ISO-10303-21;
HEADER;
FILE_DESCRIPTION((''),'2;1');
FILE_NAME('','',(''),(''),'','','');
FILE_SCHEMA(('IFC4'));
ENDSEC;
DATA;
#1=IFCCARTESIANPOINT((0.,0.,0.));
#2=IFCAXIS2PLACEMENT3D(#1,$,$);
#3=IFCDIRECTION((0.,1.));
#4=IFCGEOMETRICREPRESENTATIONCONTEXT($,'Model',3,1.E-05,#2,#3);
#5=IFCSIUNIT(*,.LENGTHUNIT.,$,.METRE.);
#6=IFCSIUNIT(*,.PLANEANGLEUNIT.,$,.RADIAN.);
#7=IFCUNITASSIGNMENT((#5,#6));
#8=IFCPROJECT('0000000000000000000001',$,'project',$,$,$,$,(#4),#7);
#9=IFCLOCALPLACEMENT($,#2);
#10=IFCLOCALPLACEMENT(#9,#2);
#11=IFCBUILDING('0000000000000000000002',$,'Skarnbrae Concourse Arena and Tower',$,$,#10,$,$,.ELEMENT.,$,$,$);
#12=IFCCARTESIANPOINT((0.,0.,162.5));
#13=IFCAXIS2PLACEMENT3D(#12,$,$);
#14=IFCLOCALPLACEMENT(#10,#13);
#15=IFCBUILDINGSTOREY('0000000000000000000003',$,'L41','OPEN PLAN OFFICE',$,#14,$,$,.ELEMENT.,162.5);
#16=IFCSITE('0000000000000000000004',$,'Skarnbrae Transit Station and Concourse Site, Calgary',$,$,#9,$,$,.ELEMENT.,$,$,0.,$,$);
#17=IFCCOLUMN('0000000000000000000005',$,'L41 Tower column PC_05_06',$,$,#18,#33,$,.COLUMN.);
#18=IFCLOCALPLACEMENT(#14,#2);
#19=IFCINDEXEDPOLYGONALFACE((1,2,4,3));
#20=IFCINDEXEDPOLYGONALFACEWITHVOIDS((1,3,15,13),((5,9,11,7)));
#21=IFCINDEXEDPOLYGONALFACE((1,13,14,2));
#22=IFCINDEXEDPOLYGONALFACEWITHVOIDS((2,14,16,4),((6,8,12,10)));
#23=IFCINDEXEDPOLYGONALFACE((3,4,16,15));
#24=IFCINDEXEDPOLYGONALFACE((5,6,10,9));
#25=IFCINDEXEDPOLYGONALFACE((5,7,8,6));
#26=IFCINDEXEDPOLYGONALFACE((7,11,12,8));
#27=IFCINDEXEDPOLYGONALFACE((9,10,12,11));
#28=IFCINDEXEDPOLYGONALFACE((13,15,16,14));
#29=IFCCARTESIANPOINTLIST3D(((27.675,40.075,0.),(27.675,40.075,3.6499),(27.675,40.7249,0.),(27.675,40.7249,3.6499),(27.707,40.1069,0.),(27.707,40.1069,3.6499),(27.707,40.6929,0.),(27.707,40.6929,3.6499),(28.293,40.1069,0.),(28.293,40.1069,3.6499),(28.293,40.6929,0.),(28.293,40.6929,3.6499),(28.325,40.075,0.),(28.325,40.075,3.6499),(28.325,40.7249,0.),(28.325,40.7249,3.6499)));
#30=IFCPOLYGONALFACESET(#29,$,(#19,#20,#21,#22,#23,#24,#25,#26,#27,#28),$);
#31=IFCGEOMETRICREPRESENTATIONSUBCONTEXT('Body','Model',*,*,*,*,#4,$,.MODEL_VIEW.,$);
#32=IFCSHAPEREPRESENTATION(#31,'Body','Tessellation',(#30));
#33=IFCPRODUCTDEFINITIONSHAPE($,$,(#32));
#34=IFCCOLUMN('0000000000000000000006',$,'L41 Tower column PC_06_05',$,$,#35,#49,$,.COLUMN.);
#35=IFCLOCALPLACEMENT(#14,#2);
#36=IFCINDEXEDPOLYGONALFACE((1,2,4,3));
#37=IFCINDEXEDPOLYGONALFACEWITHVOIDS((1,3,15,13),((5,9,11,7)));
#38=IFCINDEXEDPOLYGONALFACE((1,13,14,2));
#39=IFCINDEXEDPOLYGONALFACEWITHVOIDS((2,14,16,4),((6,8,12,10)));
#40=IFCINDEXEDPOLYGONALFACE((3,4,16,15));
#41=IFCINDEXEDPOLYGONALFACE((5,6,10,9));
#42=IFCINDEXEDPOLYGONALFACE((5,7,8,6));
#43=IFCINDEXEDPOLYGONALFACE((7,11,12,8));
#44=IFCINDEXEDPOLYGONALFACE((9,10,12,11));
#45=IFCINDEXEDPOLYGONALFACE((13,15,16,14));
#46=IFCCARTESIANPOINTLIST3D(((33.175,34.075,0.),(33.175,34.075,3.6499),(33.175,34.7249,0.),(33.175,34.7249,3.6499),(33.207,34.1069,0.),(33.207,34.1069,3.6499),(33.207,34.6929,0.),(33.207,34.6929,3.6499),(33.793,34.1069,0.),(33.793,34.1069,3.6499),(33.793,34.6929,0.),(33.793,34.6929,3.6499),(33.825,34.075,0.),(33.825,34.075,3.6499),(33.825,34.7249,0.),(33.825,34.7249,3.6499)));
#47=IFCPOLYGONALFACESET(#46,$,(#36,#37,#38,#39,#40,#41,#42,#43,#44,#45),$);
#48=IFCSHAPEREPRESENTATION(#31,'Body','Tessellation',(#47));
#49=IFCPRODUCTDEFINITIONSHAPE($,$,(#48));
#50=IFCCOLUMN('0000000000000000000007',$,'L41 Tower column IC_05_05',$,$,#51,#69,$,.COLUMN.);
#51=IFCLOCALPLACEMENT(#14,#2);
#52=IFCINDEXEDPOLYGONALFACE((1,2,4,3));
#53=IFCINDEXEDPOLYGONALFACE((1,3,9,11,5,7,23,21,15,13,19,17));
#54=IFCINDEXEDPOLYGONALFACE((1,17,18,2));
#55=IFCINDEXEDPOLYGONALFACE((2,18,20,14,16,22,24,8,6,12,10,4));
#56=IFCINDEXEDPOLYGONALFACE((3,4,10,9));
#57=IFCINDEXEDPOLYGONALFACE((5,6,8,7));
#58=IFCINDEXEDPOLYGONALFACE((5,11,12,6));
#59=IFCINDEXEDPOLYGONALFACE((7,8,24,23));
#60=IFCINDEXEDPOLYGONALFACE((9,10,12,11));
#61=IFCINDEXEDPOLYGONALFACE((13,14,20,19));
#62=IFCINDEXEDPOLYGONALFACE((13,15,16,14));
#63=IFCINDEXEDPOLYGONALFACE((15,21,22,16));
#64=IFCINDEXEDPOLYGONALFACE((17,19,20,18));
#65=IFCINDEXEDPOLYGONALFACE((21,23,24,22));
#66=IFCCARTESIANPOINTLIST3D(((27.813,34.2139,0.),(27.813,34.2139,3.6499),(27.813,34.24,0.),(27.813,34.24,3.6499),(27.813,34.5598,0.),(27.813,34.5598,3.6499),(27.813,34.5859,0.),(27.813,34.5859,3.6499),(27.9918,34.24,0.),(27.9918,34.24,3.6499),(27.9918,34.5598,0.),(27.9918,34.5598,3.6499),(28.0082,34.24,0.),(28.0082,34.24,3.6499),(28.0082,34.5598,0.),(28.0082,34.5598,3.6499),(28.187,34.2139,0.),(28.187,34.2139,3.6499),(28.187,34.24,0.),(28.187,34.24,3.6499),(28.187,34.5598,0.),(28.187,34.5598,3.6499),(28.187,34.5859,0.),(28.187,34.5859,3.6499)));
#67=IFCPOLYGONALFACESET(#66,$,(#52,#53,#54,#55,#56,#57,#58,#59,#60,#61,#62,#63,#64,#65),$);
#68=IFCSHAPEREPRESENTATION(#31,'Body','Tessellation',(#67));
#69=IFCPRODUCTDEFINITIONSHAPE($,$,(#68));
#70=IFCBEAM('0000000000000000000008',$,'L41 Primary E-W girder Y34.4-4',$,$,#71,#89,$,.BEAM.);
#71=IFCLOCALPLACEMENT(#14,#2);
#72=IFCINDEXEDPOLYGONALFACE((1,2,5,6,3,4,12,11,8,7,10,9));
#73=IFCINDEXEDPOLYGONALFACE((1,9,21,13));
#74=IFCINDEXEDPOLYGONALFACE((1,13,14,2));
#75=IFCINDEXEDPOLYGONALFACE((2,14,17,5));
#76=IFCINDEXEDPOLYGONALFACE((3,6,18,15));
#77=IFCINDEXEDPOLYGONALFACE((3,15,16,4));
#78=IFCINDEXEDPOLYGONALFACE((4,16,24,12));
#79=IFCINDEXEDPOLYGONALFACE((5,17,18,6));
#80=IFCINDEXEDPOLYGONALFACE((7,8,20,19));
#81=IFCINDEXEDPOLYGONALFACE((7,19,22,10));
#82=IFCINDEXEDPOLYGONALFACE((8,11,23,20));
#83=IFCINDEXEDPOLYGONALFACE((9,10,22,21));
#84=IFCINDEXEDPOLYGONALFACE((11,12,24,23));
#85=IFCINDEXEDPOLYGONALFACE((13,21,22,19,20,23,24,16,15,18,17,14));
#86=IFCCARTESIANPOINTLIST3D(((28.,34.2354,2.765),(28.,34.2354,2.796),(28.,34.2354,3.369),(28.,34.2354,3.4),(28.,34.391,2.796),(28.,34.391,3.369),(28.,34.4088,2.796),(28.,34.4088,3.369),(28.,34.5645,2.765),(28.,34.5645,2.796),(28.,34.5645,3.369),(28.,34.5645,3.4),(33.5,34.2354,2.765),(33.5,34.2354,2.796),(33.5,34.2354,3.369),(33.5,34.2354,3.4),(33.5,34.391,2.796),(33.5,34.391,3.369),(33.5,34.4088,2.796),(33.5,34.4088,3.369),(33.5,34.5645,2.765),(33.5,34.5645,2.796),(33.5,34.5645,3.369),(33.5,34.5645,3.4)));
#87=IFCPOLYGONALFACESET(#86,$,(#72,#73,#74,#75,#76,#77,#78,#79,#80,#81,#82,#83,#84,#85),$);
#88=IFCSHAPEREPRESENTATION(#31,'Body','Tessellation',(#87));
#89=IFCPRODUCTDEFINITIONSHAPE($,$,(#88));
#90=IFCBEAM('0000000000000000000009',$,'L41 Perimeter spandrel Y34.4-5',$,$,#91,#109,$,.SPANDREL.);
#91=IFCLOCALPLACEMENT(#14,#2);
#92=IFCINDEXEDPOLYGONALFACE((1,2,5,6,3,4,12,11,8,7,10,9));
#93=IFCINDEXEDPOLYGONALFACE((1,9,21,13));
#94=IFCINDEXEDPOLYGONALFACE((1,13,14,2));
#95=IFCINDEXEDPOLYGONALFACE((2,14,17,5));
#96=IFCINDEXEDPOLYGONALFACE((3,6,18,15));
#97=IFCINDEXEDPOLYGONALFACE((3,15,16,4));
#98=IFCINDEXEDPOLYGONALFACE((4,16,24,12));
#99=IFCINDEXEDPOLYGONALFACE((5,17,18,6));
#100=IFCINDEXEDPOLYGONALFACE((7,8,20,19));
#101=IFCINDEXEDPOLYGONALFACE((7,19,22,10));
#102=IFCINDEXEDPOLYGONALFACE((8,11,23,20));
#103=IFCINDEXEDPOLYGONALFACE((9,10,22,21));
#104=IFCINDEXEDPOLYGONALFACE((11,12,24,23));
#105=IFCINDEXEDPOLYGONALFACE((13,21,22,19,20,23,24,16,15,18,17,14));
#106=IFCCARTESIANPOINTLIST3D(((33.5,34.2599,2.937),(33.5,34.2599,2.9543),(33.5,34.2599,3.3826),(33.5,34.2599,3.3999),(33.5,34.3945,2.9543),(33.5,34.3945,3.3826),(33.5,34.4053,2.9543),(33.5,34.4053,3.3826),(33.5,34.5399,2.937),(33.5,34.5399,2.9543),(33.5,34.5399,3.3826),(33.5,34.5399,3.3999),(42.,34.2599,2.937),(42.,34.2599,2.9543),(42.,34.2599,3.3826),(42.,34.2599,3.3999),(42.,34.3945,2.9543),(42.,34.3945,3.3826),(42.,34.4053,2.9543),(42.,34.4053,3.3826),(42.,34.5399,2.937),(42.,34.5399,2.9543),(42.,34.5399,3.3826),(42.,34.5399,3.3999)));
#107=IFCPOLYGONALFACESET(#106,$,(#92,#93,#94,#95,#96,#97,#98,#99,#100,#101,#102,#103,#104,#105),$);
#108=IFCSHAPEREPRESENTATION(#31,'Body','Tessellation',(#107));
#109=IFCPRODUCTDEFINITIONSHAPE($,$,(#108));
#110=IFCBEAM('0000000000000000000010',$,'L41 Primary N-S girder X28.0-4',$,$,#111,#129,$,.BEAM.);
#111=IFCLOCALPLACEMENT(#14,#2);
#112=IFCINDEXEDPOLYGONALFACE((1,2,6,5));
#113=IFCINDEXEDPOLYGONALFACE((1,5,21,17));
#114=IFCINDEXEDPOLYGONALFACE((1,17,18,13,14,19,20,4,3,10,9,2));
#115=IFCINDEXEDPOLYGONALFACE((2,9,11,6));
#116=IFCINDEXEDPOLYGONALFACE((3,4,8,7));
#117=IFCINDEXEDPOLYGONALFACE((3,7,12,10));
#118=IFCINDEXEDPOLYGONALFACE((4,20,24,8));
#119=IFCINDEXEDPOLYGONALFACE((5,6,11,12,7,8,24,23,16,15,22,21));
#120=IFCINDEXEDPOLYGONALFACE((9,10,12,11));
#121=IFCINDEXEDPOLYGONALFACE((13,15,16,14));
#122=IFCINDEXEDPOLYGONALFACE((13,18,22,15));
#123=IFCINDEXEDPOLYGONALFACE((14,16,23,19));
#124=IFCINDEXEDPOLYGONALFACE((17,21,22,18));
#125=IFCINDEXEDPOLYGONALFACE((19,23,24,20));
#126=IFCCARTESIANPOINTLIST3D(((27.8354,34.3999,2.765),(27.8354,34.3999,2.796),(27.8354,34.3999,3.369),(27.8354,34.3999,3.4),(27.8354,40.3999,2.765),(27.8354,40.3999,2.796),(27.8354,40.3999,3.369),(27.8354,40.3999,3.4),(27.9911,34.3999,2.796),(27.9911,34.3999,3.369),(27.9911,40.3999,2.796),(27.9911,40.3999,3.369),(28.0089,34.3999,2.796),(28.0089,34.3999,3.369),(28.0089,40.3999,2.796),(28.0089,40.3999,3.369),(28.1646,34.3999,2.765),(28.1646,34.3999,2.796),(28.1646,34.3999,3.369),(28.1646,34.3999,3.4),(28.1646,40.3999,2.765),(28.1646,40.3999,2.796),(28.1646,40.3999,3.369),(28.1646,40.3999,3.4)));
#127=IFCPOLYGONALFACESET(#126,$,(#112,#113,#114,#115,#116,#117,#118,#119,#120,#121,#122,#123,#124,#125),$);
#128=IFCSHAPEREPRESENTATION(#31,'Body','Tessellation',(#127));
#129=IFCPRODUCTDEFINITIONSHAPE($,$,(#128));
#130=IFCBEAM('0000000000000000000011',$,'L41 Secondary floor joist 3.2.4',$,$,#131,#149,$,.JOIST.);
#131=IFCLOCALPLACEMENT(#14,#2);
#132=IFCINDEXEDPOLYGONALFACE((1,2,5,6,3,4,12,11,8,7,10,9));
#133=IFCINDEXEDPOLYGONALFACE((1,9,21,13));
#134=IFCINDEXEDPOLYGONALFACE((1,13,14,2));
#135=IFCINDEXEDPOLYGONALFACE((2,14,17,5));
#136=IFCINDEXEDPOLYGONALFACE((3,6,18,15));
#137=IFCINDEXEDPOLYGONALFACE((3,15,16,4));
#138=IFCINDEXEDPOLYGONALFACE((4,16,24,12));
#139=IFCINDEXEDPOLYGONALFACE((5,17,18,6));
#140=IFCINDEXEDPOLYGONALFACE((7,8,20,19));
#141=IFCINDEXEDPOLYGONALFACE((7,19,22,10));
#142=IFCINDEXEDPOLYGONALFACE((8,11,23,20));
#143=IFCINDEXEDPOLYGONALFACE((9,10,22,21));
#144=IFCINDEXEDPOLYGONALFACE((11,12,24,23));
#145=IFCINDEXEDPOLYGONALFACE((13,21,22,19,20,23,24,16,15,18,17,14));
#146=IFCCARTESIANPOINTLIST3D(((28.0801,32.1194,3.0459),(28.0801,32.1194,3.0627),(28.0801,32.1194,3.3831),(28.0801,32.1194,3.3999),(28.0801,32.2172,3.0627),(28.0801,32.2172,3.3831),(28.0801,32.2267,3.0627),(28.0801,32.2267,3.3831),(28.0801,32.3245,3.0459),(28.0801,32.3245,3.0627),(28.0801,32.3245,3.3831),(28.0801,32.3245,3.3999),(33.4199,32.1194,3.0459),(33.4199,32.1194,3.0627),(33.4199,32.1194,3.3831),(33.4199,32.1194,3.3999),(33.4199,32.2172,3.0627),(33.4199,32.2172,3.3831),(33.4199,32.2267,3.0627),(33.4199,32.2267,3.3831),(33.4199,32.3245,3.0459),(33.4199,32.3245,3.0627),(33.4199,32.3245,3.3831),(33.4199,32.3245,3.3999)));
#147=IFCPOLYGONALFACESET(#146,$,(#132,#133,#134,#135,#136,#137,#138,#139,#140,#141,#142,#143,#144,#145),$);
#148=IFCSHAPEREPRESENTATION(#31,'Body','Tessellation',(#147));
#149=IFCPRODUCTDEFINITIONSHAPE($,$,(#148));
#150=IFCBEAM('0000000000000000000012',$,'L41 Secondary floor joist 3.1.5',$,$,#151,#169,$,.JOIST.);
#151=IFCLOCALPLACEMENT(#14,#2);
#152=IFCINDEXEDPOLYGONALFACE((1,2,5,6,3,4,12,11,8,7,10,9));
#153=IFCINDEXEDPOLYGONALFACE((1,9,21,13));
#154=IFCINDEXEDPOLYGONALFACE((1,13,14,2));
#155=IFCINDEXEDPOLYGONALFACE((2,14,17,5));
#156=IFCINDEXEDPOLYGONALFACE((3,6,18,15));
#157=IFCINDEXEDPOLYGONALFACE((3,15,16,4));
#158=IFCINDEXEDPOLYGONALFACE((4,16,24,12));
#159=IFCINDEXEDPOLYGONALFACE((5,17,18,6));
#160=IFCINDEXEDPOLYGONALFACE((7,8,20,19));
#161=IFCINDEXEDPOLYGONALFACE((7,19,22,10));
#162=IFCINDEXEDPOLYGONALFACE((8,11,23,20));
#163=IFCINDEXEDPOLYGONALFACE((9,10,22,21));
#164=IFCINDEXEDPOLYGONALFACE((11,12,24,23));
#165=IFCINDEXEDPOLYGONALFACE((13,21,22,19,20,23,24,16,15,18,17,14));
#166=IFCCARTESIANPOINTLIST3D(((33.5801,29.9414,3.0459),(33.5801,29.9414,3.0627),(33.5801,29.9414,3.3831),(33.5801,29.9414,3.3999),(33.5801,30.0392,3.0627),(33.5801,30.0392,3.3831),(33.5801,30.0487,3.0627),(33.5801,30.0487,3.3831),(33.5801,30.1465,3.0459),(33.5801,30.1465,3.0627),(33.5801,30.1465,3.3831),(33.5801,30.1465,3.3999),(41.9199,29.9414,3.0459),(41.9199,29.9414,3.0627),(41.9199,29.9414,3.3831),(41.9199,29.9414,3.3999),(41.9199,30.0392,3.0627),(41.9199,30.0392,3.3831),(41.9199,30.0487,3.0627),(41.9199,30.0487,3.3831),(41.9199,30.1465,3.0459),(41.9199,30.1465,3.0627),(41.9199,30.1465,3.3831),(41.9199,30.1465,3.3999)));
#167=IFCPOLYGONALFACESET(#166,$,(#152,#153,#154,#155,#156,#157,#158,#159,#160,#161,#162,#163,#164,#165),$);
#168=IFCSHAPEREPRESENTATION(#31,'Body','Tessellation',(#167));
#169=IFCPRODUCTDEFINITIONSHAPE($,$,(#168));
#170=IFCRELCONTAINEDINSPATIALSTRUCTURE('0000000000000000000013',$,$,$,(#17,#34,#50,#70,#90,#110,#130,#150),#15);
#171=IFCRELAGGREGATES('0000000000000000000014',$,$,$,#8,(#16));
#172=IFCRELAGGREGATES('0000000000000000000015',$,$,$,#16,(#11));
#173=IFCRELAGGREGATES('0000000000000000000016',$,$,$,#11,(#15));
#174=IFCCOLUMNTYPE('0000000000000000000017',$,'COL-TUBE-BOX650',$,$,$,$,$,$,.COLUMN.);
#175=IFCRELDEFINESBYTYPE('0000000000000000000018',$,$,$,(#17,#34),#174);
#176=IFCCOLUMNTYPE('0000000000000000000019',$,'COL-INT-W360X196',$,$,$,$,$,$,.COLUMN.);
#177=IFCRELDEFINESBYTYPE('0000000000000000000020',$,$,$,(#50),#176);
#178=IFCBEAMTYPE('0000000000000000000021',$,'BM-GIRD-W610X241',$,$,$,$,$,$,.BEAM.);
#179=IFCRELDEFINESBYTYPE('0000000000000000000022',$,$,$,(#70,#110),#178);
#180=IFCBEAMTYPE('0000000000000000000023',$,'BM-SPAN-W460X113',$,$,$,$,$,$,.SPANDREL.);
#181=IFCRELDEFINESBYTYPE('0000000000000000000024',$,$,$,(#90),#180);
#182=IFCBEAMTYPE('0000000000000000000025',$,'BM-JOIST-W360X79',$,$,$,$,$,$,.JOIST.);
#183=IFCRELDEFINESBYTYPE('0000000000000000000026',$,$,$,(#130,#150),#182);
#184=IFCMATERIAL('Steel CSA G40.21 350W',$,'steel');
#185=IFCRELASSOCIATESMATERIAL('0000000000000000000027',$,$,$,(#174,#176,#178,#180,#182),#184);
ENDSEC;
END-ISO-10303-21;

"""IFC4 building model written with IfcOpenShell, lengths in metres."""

from ifc_helpers import new_model, si_unit, direction, frame, origin, origin_2d, place, context, subcontext, project, spatial, hollow_rectangle, i_section, extrude, source, transform, mapped, material, material_profile, profile_set, type_object, element, save


model = new_model("IFC4")

# Units and contexts
model_context = context("Model", 3, precision=1e-05, world=origin(), true_north=direction((0.0, 1.0)))
body_context = subcontext(model_context, "Body", "Model", "MODEL_VIEW")
ifc_project = project(units=[si_unit("LENGTHUNIT", "METRE"), si_unit("PLANEANGLEUNIT", "RADIAN")], contexts=[model_context])

# Site, building, storey
site_placement = place(None, origin())
site = spatial("IfcSite", under=ifc_project, at=site_placement, Name="Skarnbrae Transit Station and Concourse Site, Calgary", CompositionType="ELEMENT", RefElevation=0.0)
building_placement = place(site_placement, origin())
building = spatial("IfcBuilding", under=site, at=building_placement, Name="Skarnbrae Concourse Arena and Tower", CompositionType="ELEMENT")
storey_placement = place(building_placement, frame((0.0, 0.0, 162.5)))
storey = spatial("IfcBuildingStorey", under=building, at=storey_placement, Name="L41", Description="OPEN PLAN OFFICE", CompositionType="ELEMENT", Elevation=162.5)

# Columns
ifc_material_1 = material(Name="Steel CSA G40.21 350W", Category="steel")
ifc_material_profile_1 = material_profile(ifc_material_1, hollow_rectangle(XDim=0.6499, YDim=0.6499, WallThickness=0.032, at=origin_2d()), Name="BOX650X650X32")
ifc_profile_set_1 = profile_set([ifc_material_profile_1], Name="Steel CSA G40.21 350W")
column_type_1 = type_object("IfcColumnType", Name="COL-TUBE-BOX650", PredefinedType="COLUMN", material=ifc_profile_set_1)
shared_shape_1 = source(origin(), body_context, "Body", "SweptSolid", [
    extrude(hollow_rectangle(XDim=0.6499, YDim=0.6499, WallThickness=0.032, at=origin_2d()), origin(), (0.0, 0.0, 1.0), 3.6499),
])
for number, where, z_axis, x_axis, name in (
    (1, (28.0, 40.3999, 0.0), (0.0, 0.0, 1.0), (1.0, 0.0, 0.0), "L41 Tower column PC_05_06"),
    (2, (33.5, 34.3999, 0.0), (0.0, 0.0, 1.0), (1.0, 0.0, 0.0), "L41 Tower column PC_06_05"),
):
    element("IfcColumn", number, at=place(storey_placement, frame(where, z_axis=z_axis, x_axis=x_axis)), inside=storey, type_object=column_type_1, Name=name, PredefinedType="COLUMN", context=body_context, shape_type="MappedRepresentation", body=[
        mapped(shared_shape_1, transform((0.0, 0.0, 0.0))),
    ])
ifc_material_profile_2 = material_profile(ifc_material_1, i_section(OverallWidth=0.374, OverallDepth=0.3721, WebThickness=0.0164, FlangeThickness=0.0261, at=origin_2d()), Name="W360X196")
ifc_profile_set_2 = profile_set([ifc_material_profile_2], Name="Steel CSA G40.21 350W")
column_type_2 = type_object("IfcColumnType", Name="COL-INT-W360X196", PredefinedType="COLUMN", material=ifc_profile_set_2)
shared_shape_2 = source(origin(), body_context, "Body", "SweptSolid", [
    extrude(i_section(OverallWidth=0.374, OverallDepth=0.3721, WebThickness=0.0164, FlangeThickness=0.0261, at=origin_2d()), origin(), (0.0, 0.0, 1.0), 3.6499),
])
column_placement = place(storey_placement, frame((28.0, 34.3999, 0.0), z_axis=(0.0, 0.0, 1.0), x_axis=(1.0, 0.0, 0.0)))
element("IfcColumn", 3, at=column_placement, inside=storey, type_object=column_type_2, Name="L41 Tower column IC_05_05", PredefinedType="COLUMN", context=body_context, shape_type="MappedRepresentation", body=[
    mapped(shared_shape_2, transform((0.0, 0.0, 0.0))),
])

# Beams
ifc_material_profile_3 = material_profile(ifc_material_1, i_section(OverallWidth=0.3291, OverallDepth=0.635, WebThickness=0.0178, FlangeThickness=0.031, at=origin_2d()), Name="W610X241")
ifc_profile_set_3 = profile_set([ifc_material_profile_3], Name="Steel CSA G40.21 350W")
beam_type_1 = type_object("IfcBeamType", Name="BM-GIRD-W610X241", PredefinedType="BEAM", material=ifc_profile_set_3)
shared_shape_3 = source(origin(), body_context, "Body", "SweptSolid", [
    extrude(i_section(OverallWidth=0.3291, OverallDepth=0.635, WebThickness=0.0178, FlangeThickness=0.031, at=origin_2d()), origin(), (0.0, 0.0, 1.0), 5.5),
])
beam_1_placement = place(storey_placement, frame((28.0, 34.3999, 3.0825), z_axis=(1.0, 0.0, 0.0), x_axis=(0.0, 1.0, 0.0)))
element("IfcBeam", 4, at=beam_1_placement, inside=storey, type_object=beam_type_1, Name="L41 Primary E-W girder Y34.4-4", PredefinedType="BEAM", context=body_context, shape_type="MappedRepresentation", body=[
    mapped(shared_shape_3, transform((0.0, 0.0, 0.0))),
])
ifc_material_profile_4 = material_profile(ifc_material_1, i_section(OverallWidth=0.28, OverallDepth=0.4629, WebThickness=0.0107, FlangeThickness=0.0173, at=origin_2d()), Name="W460X113")
ifc_profile_set_4 = profile_set([ifc_material_profile_4], Name="Steel CSA G40.21 350W")
beam_type_2 = type_object("IfcBeamType", Name="BM-SPAN-W460X113", PredefinedType="SPANDREL", material=ifc_profile_set_4)
shared_shape_4 = source(origin(), body_context, "Body", "SweptSolid", [
    extrude(i_section(OverallWidth=0.28, OverallDepth=0.4629, WebThickness=0.0107, FlangeThickness=0.0173, at=origin_2d()), origin(), (0.0, 0.0, 1.0), 8.5),
])
beam_2_placement = place(storey_placement, frame((33.5, 34.3999, 3.1685), z_axis=(1.0, 0.0, 0.0), x_axis=(0.0, 1.0, 0.0)))
element("IfcBeam", 5, at=beam_2_placement, inside=storey, type_object=beam_type_2, Name="L41 Perimeter spandrel Y34.4-5", PredefinedType="SPANDREL", context=body_context, shape_type="MappedRepresentation", body=[
    mapped(shared_shape_4, transform((0.0, 0.0, 0.0))),
])
shared_shape_5 = source(origin(), body_context, "Body", "SweptSolid", [
    extrude(i_section(OverallWidth=0.3291, OverallDepth=0.635, WebThickness=0.0178, FlangeThickness=0.031, at=origin_2d()), origin(), (0.0, 0.0, 1.0), 6.0),
])
beam_3_placement = place(storey_placement, frame((28.0, 34.3999, 3.0825), z_axis=(0.0, 1.0, 0.0), x_axis=(-1.0, 0.0, 0.0)))
element("IfcBeam", 6, at=beam_3_placement, inside=storey, type_object=beam_type_1, Name="L41 Primary N-S girder X28.0-4", PredefinedType="BEAM", context=body_context, shape_type="MappedRepresentation", body=[
    mapped(shared_shape_5, transform((0.0, 0.0, 0.0))),
])
ifc_material_profile_5 = material_profile(ifc_material_1, i_section(OverallWidth=0.2051, OverallDepth=0.354, WebThickness=0.0095, FlangeThickness=0.0168, at=origin_2d()), Name="W360X79")
ifc_profile_set_5 = profile_set([ifc_material_profile_5], Name="Steel CSA G40.21 350W")
beam_type_3 = type_object("IfcBeamType", Name="BM-JOIST-W360X79", PredefinedType="JOIST", material=ifc_profile_set_5)
shared_shape_6 = source(origin(), body_context, "Body", "SweptSolid", [
    extrude(i_section(OverallWidth=0.2051, OverallDepth=0.354, WebThickness=0.0095, FlangeThickness=0.0168, at=origin_2d()), origin(), (0.0, 0.0, 1.0), 5.3398),
])
beam_4_placement = place(storey_placement, frame((28.0801, 32.2219, 3.2229), z_axis=(1.0, 0.0, 0.0), x_axis=(0.0, 1.0, 0.0)))
element("IfcBeam", 7, at=beam_4_placement, inside=storey, type_object=beam_type_3, Name="L41 Secondary floor joist 3.2.4", PredefinedType="JOIST", context=body_context, shape_type="MappedRepresentation", body=[
    mapped(shared_shape_6, transform((0.0, 0.0, 0.0))),
])
shared_shape_7 = source(origin(), body_context, "Body", "SweptSolid", [
    extrude(i_section(OverallWidth=0.2051, OverallDepth=0.354, WebThickness=0.0095, FlangeThickness=0.0168, at=origin_2d()), origin(), (0.0, 0.0, 1.0), 8.3398),
])
for number, where, z_axis, x_axis, name in (
    (8, (33.5801, 30.0439, 3.2229), (1.0, 0.0, 0.0), (0.0, 1.0, 0.0), "L41 Secondary floor joist 3.1.5"),
):
    element("IfcBeam", number, at=place(storey_placement, frame(where, z_axis=z_axis, x_axis=x_axis)), inside=storey, type_object=beam_type_3, Name=name, PredefinedType="JOIST", context=body_context, shape_type="MappedRepresentation", body=[
        mapped(shared_shape_7, transform((0.0, 0.0, 0.0))),
    ])

save(model, "model.ifc")
